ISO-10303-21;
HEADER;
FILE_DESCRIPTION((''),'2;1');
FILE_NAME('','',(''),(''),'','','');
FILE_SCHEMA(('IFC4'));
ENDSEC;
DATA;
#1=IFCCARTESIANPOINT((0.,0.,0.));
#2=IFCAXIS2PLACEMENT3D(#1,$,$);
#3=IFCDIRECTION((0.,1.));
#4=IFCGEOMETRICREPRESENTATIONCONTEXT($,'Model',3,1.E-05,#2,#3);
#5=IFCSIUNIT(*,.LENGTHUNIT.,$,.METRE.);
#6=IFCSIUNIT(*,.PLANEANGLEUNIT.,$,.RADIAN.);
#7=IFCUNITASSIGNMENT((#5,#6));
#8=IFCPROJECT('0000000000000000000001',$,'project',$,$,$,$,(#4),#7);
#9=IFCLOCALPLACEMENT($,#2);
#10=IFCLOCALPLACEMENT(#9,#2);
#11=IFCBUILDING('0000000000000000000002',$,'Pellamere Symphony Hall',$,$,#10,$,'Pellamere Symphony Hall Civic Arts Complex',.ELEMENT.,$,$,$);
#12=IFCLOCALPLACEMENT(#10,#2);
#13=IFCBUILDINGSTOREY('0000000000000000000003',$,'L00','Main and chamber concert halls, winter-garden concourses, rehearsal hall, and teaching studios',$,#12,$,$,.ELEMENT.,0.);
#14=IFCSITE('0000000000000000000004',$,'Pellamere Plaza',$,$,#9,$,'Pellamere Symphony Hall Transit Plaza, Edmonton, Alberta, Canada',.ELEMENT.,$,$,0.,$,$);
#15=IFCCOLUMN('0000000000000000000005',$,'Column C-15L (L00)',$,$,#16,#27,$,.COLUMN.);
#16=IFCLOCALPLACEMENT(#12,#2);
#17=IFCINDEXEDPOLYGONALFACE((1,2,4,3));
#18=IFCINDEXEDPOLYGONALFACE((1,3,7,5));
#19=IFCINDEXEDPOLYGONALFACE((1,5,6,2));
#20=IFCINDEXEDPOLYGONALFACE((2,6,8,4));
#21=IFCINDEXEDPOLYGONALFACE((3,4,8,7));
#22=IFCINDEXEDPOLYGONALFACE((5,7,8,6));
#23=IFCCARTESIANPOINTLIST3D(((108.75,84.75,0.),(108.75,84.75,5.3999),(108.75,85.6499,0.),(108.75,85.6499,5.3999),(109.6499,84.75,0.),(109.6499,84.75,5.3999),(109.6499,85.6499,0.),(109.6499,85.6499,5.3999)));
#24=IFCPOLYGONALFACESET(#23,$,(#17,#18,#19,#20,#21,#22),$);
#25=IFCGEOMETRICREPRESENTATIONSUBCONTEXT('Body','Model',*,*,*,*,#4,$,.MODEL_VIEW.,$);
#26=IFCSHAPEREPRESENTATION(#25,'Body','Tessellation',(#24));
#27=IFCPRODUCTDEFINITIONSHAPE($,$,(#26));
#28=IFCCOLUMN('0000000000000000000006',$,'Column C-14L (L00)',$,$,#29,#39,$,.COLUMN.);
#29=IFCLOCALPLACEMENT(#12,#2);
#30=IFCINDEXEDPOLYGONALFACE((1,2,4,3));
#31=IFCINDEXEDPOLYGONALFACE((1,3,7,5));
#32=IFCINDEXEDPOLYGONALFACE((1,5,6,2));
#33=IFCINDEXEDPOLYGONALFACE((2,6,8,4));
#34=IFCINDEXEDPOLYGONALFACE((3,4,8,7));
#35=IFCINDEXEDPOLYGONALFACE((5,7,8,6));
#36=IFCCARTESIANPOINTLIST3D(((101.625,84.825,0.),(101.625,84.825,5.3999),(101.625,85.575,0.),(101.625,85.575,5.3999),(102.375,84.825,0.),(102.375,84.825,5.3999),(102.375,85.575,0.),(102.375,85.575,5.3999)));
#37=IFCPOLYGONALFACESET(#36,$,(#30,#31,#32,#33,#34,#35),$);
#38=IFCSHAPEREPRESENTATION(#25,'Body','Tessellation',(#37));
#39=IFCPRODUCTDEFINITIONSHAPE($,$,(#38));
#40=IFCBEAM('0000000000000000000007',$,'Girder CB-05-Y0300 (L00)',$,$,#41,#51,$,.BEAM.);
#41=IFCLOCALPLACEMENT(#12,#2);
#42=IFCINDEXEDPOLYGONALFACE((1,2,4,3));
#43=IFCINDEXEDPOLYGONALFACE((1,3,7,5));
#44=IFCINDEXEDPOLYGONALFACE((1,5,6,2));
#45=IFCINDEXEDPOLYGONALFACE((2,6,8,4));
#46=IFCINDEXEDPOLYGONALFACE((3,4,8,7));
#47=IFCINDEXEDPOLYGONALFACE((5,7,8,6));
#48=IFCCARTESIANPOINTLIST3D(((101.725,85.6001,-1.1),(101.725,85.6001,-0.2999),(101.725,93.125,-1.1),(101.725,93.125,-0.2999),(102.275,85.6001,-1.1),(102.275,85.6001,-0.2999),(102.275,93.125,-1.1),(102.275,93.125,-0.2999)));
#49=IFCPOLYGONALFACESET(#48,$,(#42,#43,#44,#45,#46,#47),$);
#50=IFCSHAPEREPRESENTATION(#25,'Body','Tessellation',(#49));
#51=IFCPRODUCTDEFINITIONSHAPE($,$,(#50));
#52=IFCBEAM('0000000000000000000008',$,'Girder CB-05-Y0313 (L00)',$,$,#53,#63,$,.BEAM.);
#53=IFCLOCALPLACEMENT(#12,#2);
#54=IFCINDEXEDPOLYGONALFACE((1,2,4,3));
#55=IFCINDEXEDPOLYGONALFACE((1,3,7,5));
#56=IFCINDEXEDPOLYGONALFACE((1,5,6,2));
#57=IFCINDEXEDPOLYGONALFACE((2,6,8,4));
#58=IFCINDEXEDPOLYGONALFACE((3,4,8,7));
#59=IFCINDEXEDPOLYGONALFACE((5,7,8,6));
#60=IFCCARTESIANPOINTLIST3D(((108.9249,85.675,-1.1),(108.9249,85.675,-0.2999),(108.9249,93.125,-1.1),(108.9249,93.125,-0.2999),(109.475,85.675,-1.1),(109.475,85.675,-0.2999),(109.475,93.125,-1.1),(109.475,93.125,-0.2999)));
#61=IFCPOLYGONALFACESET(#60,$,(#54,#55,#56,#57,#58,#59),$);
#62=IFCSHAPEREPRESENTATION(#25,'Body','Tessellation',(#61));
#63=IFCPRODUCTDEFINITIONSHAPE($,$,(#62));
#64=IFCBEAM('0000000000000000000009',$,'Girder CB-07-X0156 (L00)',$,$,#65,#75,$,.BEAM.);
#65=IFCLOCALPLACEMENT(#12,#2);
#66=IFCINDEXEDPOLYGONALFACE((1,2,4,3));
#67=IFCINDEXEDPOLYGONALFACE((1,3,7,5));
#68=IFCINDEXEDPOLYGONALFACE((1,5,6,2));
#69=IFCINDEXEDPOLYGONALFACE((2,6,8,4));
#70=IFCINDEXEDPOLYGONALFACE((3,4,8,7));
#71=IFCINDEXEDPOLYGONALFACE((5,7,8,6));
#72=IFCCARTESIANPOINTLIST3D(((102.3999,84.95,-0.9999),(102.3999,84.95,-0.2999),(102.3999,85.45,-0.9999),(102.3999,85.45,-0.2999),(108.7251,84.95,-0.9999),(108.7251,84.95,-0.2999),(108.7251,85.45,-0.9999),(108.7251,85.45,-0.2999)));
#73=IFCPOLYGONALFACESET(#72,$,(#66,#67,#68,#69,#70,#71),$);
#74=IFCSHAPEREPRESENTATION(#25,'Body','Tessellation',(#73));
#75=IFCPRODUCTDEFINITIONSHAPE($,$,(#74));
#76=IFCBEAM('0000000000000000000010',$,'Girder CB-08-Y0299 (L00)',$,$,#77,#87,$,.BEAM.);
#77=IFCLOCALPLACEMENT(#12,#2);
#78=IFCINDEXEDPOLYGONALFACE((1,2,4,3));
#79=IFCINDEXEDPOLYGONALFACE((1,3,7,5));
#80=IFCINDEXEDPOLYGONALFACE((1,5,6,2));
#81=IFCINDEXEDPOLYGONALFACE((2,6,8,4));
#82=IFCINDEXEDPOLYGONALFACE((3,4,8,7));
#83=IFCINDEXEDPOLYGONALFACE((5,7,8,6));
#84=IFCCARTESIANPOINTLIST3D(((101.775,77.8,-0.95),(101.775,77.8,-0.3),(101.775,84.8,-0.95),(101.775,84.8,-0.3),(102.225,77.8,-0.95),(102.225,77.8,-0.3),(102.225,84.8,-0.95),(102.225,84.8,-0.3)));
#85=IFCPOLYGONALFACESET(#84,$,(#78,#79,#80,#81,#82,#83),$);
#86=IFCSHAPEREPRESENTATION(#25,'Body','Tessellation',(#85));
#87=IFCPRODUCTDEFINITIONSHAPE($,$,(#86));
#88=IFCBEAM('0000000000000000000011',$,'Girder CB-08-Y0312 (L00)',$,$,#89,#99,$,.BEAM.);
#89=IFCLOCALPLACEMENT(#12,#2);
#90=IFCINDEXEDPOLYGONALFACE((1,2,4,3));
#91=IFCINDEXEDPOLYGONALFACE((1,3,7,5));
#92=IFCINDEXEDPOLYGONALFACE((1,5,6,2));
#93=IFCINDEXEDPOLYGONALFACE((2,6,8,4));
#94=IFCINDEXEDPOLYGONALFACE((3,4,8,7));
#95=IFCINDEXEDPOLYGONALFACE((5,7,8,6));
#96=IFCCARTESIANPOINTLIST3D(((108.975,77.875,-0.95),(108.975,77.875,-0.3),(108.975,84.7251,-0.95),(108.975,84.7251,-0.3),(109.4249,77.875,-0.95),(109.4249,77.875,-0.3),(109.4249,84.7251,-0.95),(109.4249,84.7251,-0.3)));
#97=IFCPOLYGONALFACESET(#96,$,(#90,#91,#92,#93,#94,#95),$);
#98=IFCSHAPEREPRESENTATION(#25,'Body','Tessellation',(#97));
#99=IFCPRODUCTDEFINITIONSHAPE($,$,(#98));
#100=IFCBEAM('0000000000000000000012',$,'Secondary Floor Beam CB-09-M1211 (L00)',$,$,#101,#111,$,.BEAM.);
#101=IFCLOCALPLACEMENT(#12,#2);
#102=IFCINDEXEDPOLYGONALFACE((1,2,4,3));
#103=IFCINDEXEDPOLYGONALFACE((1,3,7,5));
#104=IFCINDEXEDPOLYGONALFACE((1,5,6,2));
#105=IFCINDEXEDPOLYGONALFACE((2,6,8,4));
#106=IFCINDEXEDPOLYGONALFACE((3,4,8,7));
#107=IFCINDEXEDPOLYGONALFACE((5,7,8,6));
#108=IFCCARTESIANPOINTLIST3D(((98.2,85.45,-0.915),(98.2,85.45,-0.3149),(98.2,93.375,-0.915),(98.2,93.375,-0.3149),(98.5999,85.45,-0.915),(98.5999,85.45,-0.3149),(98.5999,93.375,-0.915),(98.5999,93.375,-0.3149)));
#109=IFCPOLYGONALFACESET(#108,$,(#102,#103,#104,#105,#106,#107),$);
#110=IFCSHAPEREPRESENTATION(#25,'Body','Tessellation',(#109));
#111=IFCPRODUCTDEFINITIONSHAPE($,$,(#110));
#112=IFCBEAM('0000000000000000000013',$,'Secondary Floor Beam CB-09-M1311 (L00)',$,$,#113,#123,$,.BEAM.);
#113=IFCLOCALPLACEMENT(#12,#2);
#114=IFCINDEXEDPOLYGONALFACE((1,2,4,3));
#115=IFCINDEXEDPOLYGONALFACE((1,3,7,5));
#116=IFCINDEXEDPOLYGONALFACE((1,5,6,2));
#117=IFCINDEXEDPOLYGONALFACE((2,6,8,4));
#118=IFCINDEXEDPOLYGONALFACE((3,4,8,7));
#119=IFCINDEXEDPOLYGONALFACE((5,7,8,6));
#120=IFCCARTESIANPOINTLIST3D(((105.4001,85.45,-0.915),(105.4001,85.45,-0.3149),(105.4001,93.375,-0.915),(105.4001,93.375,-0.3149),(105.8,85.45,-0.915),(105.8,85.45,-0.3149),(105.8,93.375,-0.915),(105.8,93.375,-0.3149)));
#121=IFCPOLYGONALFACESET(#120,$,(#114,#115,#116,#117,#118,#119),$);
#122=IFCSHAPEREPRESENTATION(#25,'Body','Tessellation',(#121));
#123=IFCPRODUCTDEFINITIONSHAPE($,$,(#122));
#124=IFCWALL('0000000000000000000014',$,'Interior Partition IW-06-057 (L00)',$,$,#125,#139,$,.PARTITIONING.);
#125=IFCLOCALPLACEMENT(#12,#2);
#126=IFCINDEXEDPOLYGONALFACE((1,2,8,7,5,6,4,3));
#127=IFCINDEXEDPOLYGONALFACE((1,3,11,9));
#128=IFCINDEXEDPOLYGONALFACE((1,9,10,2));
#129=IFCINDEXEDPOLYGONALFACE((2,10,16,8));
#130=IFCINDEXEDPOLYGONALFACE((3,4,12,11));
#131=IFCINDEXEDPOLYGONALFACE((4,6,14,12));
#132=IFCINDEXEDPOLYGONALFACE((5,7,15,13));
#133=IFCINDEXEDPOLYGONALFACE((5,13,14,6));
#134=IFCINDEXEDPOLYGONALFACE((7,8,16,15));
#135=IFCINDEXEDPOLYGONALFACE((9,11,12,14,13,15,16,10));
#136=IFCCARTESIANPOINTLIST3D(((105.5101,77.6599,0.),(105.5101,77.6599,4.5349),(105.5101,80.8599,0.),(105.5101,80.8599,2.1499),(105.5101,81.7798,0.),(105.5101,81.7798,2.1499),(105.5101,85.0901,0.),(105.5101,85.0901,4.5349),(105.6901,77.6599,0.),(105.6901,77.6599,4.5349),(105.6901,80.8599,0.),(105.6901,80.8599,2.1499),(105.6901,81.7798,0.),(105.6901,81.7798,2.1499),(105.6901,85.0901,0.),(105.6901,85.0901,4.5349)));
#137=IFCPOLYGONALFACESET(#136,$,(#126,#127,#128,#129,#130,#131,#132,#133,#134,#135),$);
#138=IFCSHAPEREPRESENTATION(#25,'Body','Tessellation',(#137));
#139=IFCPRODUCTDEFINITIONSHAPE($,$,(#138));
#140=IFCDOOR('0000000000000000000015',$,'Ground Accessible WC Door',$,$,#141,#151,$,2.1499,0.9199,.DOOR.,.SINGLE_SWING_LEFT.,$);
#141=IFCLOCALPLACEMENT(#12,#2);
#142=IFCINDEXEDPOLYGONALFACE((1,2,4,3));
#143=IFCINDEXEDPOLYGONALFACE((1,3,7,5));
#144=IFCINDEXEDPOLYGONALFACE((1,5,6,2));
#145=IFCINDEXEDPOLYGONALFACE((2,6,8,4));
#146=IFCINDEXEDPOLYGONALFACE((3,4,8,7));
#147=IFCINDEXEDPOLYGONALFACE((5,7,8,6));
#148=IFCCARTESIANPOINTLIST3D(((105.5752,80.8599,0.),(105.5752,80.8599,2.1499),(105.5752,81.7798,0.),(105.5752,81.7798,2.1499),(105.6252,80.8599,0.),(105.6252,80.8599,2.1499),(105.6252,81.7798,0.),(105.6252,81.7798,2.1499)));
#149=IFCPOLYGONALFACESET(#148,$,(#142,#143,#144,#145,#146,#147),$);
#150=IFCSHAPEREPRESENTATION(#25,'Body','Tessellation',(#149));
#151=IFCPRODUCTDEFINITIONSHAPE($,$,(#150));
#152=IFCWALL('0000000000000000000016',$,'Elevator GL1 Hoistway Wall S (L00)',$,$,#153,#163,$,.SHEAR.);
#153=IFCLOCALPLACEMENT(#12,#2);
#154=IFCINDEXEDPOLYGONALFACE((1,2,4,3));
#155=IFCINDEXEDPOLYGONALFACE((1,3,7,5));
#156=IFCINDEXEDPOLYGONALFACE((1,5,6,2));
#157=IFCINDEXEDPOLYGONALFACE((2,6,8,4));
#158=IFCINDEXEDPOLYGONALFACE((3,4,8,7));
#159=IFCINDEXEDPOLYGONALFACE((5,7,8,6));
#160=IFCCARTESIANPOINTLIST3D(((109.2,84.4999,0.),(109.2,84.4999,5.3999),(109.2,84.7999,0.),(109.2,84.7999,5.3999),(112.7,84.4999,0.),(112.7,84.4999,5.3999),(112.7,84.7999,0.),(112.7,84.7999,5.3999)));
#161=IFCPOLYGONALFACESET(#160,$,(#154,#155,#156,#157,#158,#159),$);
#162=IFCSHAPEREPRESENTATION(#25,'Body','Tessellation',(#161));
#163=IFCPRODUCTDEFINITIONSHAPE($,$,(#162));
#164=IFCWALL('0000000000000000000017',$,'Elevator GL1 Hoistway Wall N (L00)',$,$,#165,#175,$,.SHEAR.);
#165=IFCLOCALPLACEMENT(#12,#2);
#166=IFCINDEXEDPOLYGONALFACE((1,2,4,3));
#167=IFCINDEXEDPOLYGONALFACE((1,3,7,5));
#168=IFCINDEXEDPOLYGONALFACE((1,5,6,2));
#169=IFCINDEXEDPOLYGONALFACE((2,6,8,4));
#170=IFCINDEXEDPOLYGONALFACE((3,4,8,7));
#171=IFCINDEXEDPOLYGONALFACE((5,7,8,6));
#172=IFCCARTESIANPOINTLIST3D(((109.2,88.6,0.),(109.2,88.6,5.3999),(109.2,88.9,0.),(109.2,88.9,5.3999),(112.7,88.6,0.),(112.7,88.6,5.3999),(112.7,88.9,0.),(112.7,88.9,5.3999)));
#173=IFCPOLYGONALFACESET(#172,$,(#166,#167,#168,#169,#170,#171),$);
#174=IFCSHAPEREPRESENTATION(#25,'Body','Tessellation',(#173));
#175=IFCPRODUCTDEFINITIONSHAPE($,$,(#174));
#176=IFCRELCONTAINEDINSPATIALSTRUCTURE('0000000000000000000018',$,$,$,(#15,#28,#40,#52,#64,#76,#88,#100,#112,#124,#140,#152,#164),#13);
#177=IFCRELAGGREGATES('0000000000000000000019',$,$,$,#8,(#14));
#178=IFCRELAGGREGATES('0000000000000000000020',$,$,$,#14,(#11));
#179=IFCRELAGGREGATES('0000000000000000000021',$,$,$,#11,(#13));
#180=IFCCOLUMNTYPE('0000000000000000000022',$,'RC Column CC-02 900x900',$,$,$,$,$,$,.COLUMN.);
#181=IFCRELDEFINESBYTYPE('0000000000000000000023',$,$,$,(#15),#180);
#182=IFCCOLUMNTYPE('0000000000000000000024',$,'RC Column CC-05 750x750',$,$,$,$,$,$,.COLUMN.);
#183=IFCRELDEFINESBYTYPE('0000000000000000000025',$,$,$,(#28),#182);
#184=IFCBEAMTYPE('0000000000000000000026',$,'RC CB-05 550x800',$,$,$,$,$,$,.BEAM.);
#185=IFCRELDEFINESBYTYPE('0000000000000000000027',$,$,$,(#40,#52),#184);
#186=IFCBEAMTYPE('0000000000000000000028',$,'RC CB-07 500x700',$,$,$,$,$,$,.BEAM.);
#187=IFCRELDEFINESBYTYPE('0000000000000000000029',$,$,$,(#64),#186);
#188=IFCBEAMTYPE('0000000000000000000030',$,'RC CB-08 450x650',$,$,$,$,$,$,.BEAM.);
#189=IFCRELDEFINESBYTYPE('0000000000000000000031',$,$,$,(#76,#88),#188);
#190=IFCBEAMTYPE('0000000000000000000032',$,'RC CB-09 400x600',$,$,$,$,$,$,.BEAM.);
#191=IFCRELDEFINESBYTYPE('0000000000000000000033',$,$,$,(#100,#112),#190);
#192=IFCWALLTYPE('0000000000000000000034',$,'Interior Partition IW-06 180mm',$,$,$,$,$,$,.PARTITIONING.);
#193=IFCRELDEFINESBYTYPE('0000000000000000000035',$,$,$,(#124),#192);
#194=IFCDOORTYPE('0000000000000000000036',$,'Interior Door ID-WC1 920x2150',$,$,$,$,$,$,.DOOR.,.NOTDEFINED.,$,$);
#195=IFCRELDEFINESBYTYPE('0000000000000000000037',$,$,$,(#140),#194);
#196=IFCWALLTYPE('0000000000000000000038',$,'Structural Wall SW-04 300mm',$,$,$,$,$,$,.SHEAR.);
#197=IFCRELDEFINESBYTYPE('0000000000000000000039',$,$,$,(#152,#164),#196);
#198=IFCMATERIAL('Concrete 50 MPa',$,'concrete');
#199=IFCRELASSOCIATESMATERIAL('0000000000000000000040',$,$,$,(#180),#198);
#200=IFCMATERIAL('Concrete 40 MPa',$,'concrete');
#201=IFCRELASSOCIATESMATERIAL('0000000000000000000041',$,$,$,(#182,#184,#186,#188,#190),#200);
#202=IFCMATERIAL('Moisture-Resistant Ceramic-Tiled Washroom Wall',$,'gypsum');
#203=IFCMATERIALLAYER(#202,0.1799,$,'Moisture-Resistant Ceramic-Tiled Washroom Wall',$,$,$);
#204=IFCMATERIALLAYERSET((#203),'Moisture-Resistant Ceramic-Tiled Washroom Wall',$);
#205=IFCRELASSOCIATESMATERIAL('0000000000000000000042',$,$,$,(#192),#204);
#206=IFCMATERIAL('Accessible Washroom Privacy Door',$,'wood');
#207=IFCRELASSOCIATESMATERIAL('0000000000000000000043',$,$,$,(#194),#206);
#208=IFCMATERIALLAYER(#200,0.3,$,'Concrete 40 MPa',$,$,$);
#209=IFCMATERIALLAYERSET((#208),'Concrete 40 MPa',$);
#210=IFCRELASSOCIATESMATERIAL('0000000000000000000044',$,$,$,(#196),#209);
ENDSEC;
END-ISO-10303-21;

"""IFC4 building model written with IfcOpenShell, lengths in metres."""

from ifc_helpers import new_model, si_unit, direction, frame, frame_2d, origin, origin_2d, place, context, subcontext, project, spatial, rectangle, extrude, material, layer, layer_set, material_profile, profile_set, type_object, element, fill, save


model = new_model("IFC4")

# Units and contexts
model_context = context("Model", 3, precision=1e-05, world=origin(), true_north=direction((0.0, 1.0)))
body_context = subcontext(model_context, "Body", "Model", "MODEL_VIEW")
ifc_project = project(units=[si_unit("LENGTHUNIT", "METRE"), si_unit("PLANEANGLEUNIT", "RADIAN")], contexts=[model_context])

# Site, building, storey
site_placement = place(None, origin())
site = spatial("IfcSite", under=ifc_project, at=site_placement, Name="Pellamere Plaza", LongName="Pellamere Symphony Hall Transit Plaza, Edmonton, Alberta, Canada", CompositionType="ELEMENT", RefElevation=0.0)
building_placement = place(site_placement, origin())
building = spatial("IfcBuilding", under=site, at=building_placement, Name="Pellamere Symphony Hall", LongName="Pellamere Symphony Hall Civic Arts Complex", CompositionType="ELEMENT")
storey_placement = place(building_placement, origin())
storey = spatial("IfcBuildingStorey", under=building, at=storey_placement, Name="L00", Description="Main and chamber concert halls, winter-garden concourses, rehearsal hall, and teaching studios", CompositionType="ELEMENT", Elevation=0.0)

# Columns
ifc_material_1 = material(Name="Concrete 50 MPa", Category="concrete")
ifc_material_profile_1 = material_profile(ifc_material_1, rectangle(XDim=0.8999, YDim=0.8999, at=origin_2d()), Name="RC 900x900")
ifc_profile_set_1 = profile_set([ifc_material_profile_1], Name="Concrete 50 MPa")
column_type_1 = type_object("IfcColumnType", Name="RC Column CC-02 900x900", PredefinedType="COLUMN", material=ifc_profile_set_1)
column_1_placement = place(storey_placement, frame((109.2, 85.2, 0.0), z_axis=(0.0, 0.0, 1.0), x_axis=(1.0, 0.0, 0.0)))
element("IfcColumn", 1, at=column_1_placement, inside=storey, type_object=column_type_1, Name="Column C-15L (L00)", PredefinedType="COLUMN", context=body_context, shape_type="SweptSolid", body=[
    extrude(rectangle(XDim=0.8999, YDim=0.8999, at=origin_2d()), origin(), (0.0, 0.0, 1.0), 5.3999),
])
ifc_material_2 = material(Name="Concrete 40 MPa", Category="concrete")
ifc_material_profile_2 = material_profile(ifc_material_2, rectangle(XDim=0.75, YDim=0.75, at=origin_2d()), Name="RC 750x750")
ifc_profile_set_2 = profile_set([ifc_material_profile_2], Name="Concrete 40 MPa")
column_type_2 = type_object("IfcColumnType", Name="RC Column CC-05 750x750", PredefinedType="COLUMN", material=ifc_profile_set_2)
column_2_placement = place(storey_placement, frame((102.0, 85.2, 0.0), z_axis=(0.0, 0.0, 1.0), x_axis=(1.0, 0.0, 0.0)))
element("IfcColumn", 2, at=column_2_placement, inside=storey, type_object=column_type_2, Name="Column C-14L (L00)", PredefinedType="COLUMN", context=body_context, shape_type="SweptSolid", body=[
    extrude(rectangle(XDim=0.75, YDim=0.75, at=origin_2d()), origin(), (0.0, 0.0, 1.0), 5.3999),
])

# Beams
ifc_material_profile_3 = material_profile(ifc_material_2, rectangle(XDim=0.55, YDim=0.8, at=origin_2d()), Name="RC 550x800")
ifc_profile_set_3 = profile_set([ifc_material_profile_3], Name="Concrete 40 MPa")
beam_type_1 = type_object("IfcBeamType", Name="RC CB-05 550x800", PredefinedType="BEAM", material=ifc_profile_set_3)
beam_1_placement = place(storey_placement, frame((102.0, 85.6001, -0.7), z_axis=(0.0, 1.0, 0.0), x_axis=(-1.0, 0.0, 0.0)))
element("IfcBeam", 3, at=beam_1_placement, inside=storey, type_object=beam_type_1, Name="Girder CB-05-Y0300 (L00)", PredefinedType="BEAM", context=body_context, shape_type="SweptSolid", body=[
    extrude(rectangle(XDim=0.55, YDim=0.8, at=origin_2d()), origin(), (0.0, 0.0, 1.0), 7.5249),
])
beam_2_placement = place(storey_placement, frame((109.2, 85.675, -0.7), z_axis=(0.0, 1.0, 0.0), x_axis=(-1.0, 0.0, 0.0)))
element("IfcBeam", 4, at=beam_2_placement, inside=storey, type_object=beam_type_1, Name="Girder CB-05-Y0313 (L00)", PredefinedType="BEAM", context=body_context, shape_type="SweptSolid", body=[
    extrude(rectangle(XDim=0.55, YDim=0.8, at=origin_2d()), origin(), (0.0, 0.0, 1.0), 7.45),
])
ifc_material_profile_4 = material_profile(ifc_material_2, rectangle(XDim=0.5, YDim=0.7, at=origin_2d()), Name="RC 500x700")
ifc_profile_set_4 = profile_set([ifc_material_profile_4], Name="Concrete 40 MPa")
beam_type_2 = type_object("IfcBeamType", Name="RC CB-07 500x700", PredefinedType="BEAM", material=ifc_profile_set_4)
beam_3_placement = place(storey_placement, frame((102.3999, 85.2, -0.6499), z_axis=(1.0, 0.0, 0.0), x_axis=(0.0, 1.0, 0.0)))
element("IfcBeam", 5, at=beam_3_placement, inside=storey, type_object=beam_type_2, Name="Girder CB-07-X0156 (L00)", PredefinedType="BEAM", context=body_context, shape_type="SweptSolid", body=[
    extrude(rectangle(XDim=0.5, YDim=0.7, at=origin_2d()), origin(), (0.0, 0.0, 1.0), 6.3252),
])
ifc_material_profile_5 = material_profile(ifc_material_2, rectangle(XDim=0.45, YDim=0.6499, at=origin_2d()), Name="RC 450x650")
ifc_profile_set_5 = profile_set([ifc_material_profile_5], Name="Concrete 40 MPa")
beam_type_3 = type_object("IfcBeamType", Name="RC CB-08 450x650", PredefinedType="BEAM", material=ifc_profile_set_5)
beam_4_placement = place(storey_placement, frame((102.0, 77.8, -0.625), z_axis=(0.0, 1.0, 0.0), x_axis=(-1.0, 0.0, 0.0)))
element("IfcBeam", 6, at=beam_4_placement, inside=storey, type_object=beam_type_3, Name="Girder CB-08-Y0299 (L00)", PredefinedType="BEAM", context=body_context, shape_type="SweptSolid", body=[
    extrude(rectangle(XDim=0.45, YDim=0.6499, at=origin_2d()), origin(), (0.0, 0.0, 1.0), 7.0),
])
beam_5_placement = place(storey_placement, frame((109.2, 77.875, -0.625), z_axis=(0.0, 1.0, 0.0), x_axis=(-1.0, 0.0, 0.0)))
element("IfcBeam", 7, at=beam_5_placement, inside=storey, type_object=beam_type_3, Name="Girder CB-08-Y0312 (L00)", PredefinedType="BEAM", context=body_context, shape_type="SweptSolid", body=[
    extrude(rectangle(XDim=0.45, YDim=0.6499, at=origin_2d()), origin(), (0.0, 0.0, 1.0), 6.8501),
])
ifc_material_profile_6 = material_profile(ifc_material_2, rectangle(XDim=0.3999, YDim=0.6001, at=origin_2d()), Name="RC 400x600")
ifc_profile_set_6 = profile_set([ifc_material_profile_6], Name="Concrete 40 MPa")
beam_type_4 = type_object("IfcBeamType", Name="RC CB-09 400x600", PredefinedType="BEAM", material=ifc_profile_set_6)
for number, where, z_axis, x_axis, name in (
    (8, (98.3999, 85.45, -0.615), (0.0, 1.0, 0.0), (-1.0, 0.0, 0.0), "Secondary Floor Beam CB-09-M1211 (L00)"),
    (9, (105.6001, 85.45, -0.615), (0.0, 1.0, 0.0), (-1.0, 0.0, 0.0), "Secondary Floor Beam CB-09-M1311 (L00)"),
):
    element("IfcBeam", number, at=place(storey_placement, frame(where, z_axis=z_axis, x_axis=x_axis)), inside=storey, type_object=beam_type_4, Name=name, PredefinedType="BEAM", context=body_context, shape_type="SweptSolid", body=[
        extrude(rectangle(XDim=0.3999, YDim=0.6001, at=origin_2d()), origin(), (0.0, 0.0, 1.0), 7.925),
    ])

# Wall, opening, door
ifc_material_3 = material(Name="Moisture-Resistant Ceramic-Tiled Washroom Wall", Category="gypsum")
ifc_layer_1 = layer(ifc_material_3, 0.1799, Name="Moisture-Resistant Ceramic-Tiled Washroom Wall")
ifc_layer_set_1 = layer_set([ifc_layer_1], Name="Moisture-Resistant Ceramic-Tiled Washroom Wall")
wall_type_1 = type_object("IfcWallType", Name="Interior Partition IW-06 180mm", PredefinedType="PARTITIONING", material=ifc_layer_set_1)
wall_1_placement = place(storey_placement, frame((105.6001, 77.6599, 0.0), z_axis=(0.0, 0.0, 1.0), x_axis=(0.0, 1.0, 0.0)))
wall_1 = element("IfcWall", 10, at=wall_1_placement, inside=storey, type_object=wall_type_1, Name="Interior Partition IW-06-057 (L00)", PredefinedType="PARTITIONING", context=body_context, shape_type="SweptSolid", body=[
    extrude(rectangle(XDim=7.4302, YDim=0.1799, at=frame_2d((3.7151, 0.0))), origin(), (0.0, 0.0, 1.0), 4.5349),
])
opening_placement = place(wall_1_placement, frame((3.2, 0.0, 0.0)))
opening = element("IfcOpeningElement", 11, at=opening_placement, cuts=wall_1, PredefinedType="OPENING", context=body_context, shape_type="SweptSolid", body=[
    extrude(rectangle(XDim=0.9199, YDim=2.1499, at=frame_2d((0.46, 1.075))), frame((0.0, 0.0999, 0.0), z_axis=(0.0, -1.0, 0.0), x_axis=(1.0, 0.0, 0.0)), (0.0, 0.0, 1.0), 0.2),
])
ifc_material_4 = material(Name="Accessible Washroom Privacy Door", Category="wood")
door_type = type_object("IfcDoorType", Name="Interior Door ID-WC1 920x2150", OperationType="NOTDEFINED", PredefinedType="DOOR", material=ifc_material_4)
door_placement = place(opening_placement, origin())
door = element("IfcDoor", 12, at=door_placement, inside=storey, type_object=door_type, Name="Ground Accessible WC Door", OperationType="SINGLE_SWING_LEFT", OverallHeight=2.1499, OverallWidth=0.9199, PredefinedType="DOOR", context=body_context, shape_type="SweptSolid", body=[
    extrude(rectangle(XDim=0.9199, YDim=2.1499, at=frame_2d((0.46, 1.075))), frame((0.0, 0.0249, 0.0), z_axis=(0.0, -1.0, 0.0), x_axis=(1.0, 0.0, 0.0)), (0.0, 0.0, 1.0), 0.05),
])
fill(opening, door)

# Walls
ifc_layer_2 = layer(ifc_material_2, 0.3, Name="Concrete 40 MPa")
ifc_layer_set_2 = layer_set([ifc_layer_2], Name="Concrete 40 MPa")
wall_type_2 = type_object("IfcWallType", Name="Structural Wall SW-04 300mm", PredefinedType="SHEAR", material=ifc_layer_set_2)
for number, where, z_axis, x_axis, name in (
    (13, (109.2, 84.6499, 0.0), (0.0, 0.0, 1.0), (1.0, 0.0, 0.0), "Elevator GL1 Hoistway Wall S (L00)"),
    (14, (109.2, 88.75, 0.0), (0.0, 0.0, 1.0), (1.0, 0.0, 0.0), "Elevator GL1 Hoistway Wall N (L00)"),
):
    element("IfcWall", number, at=place(storey_placement, frame(where, z_axis=z_axis, x_axis=x_axis)), inside=storey, type_object=wall_type_2, Name=name, PredefinedType="SHEAR", context=body_context, shape_type="SweptSolid", body=[
        extrude(rectangle(XDim=3.5, YDim=0.3, at=frame_2d((1.75, 0.0))), origin(), (0.0, 0.0, 1.0), 5.3999),
    ])

save(model, "model.ifc")
